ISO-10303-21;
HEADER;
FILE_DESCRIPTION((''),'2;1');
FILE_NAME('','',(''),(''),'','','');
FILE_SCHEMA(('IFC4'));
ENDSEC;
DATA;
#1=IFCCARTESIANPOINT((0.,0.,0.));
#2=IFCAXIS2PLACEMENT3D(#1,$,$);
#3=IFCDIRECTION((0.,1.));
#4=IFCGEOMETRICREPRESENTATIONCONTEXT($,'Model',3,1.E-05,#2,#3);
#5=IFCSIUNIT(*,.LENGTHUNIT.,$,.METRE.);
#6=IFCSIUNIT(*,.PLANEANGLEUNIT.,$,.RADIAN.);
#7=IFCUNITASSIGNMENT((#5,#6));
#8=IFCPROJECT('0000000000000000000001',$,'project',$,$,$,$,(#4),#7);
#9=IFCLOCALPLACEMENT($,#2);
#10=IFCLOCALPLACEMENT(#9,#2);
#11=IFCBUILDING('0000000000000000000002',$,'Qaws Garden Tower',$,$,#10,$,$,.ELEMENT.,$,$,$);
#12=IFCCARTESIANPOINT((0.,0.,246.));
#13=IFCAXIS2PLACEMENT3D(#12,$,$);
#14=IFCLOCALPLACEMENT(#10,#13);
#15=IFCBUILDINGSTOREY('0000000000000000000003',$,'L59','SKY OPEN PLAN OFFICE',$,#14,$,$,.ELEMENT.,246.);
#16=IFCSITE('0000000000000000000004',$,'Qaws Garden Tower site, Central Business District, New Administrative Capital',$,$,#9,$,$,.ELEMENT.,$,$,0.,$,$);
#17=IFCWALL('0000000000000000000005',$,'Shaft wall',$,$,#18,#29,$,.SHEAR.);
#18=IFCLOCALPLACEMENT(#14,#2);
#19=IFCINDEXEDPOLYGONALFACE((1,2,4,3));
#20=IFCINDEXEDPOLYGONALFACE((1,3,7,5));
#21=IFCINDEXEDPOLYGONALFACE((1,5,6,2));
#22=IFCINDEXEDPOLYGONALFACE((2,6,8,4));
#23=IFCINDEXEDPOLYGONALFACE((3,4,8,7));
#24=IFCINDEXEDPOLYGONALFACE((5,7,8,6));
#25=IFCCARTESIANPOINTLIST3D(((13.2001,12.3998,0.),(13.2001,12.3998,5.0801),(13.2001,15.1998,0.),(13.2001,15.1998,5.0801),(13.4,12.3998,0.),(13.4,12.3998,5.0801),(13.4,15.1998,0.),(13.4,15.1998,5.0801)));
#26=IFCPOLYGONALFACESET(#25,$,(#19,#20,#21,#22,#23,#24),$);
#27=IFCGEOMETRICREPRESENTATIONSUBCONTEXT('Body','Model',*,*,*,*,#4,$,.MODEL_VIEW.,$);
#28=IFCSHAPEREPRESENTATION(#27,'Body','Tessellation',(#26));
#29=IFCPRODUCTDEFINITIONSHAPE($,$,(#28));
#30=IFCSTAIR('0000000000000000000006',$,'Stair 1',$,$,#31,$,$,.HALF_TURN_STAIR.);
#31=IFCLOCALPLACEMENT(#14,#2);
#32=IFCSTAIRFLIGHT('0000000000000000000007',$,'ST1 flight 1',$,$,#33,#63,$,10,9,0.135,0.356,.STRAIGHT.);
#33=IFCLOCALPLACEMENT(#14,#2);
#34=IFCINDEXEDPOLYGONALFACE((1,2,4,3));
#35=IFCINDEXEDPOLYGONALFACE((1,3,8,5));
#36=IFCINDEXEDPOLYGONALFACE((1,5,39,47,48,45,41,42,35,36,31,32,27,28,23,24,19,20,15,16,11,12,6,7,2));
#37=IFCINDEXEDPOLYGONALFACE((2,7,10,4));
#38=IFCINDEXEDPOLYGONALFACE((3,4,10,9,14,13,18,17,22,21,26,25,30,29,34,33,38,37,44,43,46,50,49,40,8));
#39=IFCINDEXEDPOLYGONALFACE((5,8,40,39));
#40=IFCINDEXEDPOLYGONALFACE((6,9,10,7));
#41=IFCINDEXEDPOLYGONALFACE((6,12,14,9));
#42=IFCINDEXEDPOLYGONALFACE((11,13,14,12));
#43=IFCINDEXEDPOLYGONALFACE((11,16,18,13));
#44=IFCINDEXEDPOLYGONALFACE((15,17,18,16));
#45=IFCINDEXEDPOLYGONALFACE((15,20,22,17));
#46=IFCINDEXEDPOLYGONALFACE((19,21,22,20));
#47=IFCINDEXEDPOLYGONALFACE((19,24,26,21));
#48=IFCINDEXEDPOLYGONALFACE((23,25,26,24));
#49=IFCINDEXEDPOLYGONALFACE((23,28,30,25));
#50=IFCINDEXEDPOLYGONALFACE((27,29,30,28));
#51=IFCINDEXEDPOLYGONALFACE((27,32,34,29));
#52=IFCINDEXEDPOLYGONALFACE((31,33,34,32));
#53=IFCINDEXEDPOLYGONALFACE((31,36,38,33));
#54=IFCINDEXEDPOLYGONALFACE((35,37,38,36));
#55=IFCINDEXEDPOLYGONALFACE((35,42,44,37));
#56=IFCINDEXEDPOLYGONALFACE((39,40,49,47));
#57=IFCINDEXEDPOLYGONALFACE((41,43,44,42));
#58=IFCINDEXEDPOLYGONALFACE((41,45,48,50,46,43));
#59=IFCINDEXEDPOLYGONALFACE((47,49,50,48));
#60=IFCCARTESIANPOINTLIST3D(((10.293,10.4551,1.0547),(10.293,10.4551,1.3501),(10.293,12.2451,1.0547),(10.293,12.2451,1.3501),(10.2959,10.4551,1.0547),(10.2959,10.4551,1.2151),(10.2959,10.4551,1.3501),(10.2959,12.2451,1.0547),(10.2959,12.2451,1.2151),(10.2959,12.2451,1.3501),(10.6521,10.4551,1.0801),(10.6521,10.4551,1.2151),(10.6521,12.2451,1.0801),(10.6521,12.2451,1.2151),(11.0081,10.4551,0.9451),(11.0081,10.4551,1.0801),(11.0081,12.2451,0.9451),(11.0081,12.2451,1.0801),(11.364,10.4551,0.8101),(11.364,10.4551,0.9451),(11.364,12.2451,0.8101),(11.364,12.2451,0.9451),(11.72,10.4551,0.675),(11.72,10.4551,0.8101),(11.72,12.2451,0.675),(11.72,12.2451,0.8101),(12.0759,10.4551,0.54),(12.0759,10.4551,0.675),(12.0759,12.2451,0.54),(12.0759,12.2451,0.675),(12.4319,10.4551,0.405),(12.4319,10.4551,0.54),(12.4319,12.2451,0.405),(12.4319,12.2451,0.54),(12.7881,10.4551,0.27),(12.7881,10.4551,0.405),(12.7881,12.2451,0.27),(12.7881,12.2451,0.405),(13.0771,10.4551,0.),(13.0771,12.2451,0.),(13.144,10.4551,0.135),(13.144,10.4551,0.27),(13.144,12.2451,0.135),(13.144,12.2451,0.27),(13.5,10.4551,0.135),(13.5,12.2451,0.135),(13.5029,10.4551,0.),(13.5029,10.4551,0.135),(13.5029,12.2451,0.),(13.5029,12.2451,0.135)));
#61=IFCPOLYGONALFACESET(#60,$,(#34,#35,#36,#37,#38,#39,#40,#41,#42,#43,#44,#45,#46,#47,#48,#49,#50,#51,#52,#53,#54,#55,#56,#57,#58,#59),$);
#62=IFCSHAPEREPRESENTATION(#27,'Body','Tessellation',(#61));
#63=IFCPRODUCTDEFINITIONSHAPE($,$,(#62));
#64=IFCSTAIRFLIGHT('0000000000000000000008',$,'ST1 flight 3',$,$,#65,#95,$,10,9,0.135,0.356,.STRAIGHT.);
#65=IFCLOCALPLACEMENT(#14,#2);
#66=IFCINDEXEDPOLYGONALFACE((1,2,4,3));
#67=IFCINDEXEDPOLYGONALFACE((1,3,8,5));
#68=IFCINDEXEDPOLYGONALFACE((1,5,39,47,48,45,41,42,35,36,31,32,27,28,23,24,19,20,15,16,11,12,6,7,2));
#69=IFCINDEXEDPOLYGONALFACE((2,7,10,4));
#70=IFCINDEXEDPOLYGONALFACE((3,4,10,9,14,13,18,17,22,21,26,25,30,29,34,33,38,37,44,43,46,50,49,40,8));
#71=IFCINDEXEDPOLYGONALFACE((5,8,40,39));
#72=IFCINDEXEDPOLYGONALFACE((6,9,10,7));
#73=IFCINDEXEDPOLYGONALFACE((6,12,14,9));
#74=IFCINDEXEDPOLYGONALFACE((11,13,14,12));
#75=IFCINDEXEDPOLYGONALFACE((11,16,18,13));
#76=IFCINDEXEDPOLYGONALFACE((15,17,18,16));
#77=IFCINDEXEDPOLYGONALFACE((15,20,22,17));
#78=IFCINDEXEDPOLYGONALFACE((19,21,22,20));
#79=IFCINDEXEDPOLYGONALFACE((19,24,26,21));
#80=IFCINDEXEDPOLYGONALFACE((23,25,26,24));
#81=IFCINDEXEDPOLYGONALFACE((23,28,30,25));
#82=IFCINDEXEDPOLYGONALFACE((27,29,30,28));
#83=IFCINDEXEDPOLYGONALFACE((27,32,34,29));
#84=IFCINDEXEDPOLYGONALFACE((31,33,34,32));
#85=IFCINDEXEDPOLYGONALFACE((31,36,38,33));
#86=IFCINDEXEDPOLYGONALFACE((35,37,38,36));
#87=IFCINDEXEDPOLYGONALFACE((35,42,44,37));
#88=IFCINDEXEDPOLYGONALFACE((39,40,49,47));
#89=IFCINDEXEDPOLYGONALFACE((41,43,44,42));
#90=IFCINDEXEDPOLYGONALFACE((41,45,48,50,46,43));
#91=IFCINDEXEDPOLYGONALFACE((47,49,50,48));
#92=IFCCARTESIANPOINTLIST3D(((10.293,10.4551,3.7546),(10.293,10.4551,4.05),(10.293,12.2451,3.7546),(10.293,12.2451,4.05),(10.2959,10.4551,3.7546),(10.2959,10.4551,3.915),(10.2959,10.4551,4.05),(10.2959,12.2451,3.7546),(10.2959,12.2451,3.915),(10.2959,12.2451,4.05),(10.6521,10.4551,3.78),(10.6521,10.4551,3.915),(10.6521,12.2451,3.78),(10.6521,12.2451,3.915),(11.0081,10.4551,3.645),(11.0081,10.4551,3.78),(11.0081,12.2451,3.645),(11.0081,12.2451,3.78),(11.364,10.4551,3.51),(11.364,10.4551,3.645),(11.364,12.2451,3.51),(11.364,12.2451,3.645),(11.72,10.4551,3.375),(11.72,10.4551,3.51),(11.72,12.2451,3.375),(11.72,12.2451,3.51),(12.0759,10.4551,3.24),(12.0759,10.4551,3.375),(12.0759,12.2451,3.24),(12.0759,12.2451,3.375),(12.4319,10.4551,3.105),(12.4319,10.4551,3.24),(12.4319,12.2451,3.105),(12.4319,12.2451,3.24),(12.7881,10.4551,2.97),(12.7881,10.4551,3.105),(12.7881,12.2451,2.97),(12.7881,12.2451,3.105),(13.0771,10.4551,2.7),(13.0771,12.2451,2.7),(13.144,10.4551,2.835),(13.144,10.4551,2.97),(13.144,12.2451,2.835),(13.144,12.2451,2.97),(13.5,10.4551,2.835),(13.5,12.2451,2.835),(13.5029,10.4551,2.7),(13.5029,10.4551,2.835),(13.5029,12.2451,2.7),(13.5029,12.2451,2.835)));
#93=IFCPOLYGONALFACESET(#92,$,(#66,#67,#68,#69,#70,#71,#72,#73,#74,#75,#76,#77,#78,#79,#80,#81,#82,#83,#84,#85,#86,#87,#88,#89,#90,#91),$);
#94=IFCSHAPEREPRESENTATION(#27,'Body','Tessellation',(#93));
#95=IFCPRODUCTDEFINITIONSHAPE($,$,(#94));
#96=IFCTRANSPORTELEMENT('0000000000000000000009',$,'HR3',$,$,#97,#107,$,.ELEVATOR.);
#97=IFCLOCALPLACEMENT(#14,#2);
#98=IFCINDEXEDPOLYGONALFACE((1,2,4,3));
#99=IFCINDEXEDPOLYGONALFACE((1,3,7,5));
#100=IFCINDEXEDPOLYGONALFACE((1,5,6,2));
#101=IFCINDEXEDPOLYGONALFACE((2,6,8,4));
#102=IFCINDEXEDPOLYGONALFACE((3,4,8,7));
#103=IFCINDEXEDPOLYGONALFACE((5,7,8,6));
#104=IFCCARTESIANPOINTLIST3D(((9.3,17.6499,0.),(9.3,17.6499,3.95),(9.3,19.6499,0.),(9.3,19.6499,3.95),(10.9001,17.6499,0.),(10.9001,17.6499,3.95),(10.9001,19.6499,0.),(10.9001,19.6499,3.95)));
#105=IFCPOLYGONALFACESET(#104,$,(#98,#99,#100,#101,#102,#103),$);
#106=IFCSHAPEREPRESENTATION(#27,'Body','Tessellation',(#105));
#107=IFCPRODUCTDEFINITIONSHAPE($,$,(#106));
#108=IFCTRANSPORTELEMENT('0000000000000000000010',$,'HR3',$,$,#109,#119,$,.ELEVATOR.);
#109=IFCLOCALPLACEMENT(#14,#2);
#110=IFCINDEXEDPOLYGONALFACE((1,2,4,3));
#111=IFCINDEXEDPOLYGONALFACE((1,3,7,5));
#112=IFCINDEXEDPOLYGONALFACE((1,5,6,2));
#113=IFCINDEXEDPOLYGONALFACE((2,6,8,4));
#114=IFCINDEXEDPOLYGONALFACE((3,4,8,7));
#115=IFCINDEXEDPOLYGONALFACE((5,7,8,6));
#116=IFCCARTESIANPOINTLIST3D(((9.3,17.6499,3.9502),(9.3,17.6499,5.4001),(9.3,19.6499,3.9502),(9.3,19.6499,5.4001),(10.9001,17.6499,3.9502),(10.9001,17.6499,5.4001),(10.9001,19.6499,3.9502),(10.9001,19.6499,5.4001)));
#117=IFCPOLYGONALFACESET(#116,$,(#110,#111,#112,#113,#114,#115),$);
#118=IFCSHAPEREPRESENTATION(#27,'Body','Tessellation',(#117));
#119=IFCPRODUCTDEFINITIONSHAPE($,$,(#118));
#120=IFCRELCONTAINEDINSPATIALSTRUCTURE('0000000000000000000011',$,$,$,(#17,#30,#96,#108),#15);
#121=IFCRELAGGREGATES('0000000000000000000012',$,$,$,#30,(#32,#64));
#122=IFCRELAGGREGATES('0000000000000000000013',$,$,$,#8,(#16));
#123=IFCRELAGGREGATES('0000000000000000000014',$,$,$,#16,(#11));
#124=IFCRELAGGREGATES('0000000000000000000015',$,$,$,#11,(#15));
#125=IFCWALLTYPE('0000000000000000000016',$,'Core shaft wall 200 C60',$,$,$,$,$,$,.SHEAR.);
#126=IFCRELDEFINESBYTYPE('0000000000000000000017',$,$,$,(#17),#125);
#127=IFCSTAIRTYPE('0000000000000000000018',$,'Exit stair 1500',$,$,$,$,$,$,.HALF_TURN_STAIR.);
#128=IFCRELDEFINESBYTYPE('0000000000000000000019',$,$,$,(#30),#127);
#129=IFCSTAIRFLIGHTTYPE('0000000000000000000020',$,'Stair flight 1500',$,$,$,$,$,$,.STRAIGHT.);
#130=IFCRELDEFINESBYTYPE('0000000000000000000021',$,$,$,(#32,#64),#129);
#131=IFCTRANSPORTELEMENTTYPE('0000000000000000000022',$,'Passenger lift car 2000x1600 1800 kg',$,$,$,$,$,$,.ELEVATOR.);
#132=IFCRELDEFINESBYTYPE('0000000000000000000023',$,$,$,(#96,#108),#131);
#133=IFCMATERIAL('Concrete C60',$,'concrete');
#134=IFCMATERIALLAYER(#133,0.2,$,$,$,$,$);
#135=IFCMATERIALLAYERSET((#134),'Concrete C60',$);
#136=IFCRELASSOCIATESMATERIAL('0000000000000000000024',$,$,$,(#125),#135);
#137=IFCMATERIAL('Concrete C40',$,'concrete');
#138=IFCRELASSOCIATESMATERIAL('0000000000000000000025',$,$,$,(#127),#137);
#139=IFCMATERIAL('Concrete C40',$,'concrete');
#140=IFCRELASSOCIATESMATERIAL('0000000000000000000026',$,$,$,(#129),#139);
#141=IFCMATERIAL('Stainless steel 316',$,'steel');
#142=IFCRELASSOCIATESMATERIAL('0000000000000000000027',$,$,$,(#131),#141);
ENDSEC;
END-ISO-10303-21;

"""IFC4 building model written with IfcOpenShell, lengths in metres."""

from ifc_helpers import new_model, si_unit, direction, frame, frame_2d, origin, origin_2d, place, context, subcontext, project, spatial, polyline, rectangle, outline, extrude, material, layer, layer_set, type_object, element, aggregate, save


model = new_model("IFC4")

# Units and contexts
model_context = context("Model", 3, precision=1e-05, world=origin(), true_north=direction((0.0, 1.0)))
body_context = subcontext(model_context, "Body", "Model", "MODEL_VIEW")
ifc_project = project(units=[si_unit("LENGTHUNIT", "METRE"), si_unit("PLANEANGLEUNIT", "RADIAN")], contexts=[model_context])

# Site, building, storey
site_placement = place(None, origin())
site = spatial("IfcSite", under=ifc_project, at=site_placement, Name="Qaws Garden Tower site, Central Business District, New Administrative Capital", CompositionType="ELEMENT", RefElevation=0.0)
building_placement = place(site_placement, origin())
building = spatial("IfcBuilding", under=site, at=building_placement, Name="Qaws Garden Tower", CompositionType="ELEMENT")
storey_placement = place(building_placement, frame((0.0, 0.0, 246.0)))
storey = spatial("IfcBuildingStorey", under=building, at=storey_placement, Name="L59", Description="SKY OPEN PLAN OFFICE", CompositionType="ELEMENT", Elevation=246.0)

# Shared definitions
ifc_material_1 = material(Name="Concrete C60", Category="concrete")
ifc_layer = layer(ifc_material_1, 0.2)
ifc_layer_set = layer_set([ifc_layer], Name="Concrete C60")
wall_type = type_object("IfcWallType", Name="Core shaft wall 200 C60", PredefinedType="SHEAR", material=ifc_layer_set)

# Wall
wall_1_placement = place(storey_placement, frame((13.3, 12.3999, 0.0), z_axis=(0.0, 0.0, 1.0), x_axis=(0.0, 1.0, 0.0)))
element("IfcWall", 1, at=wall_1_placement, inside=storey, type_object=wall_type, Name="Shaft wall", PredefinedType="SHEAR", context=body_context, shape_type="SweptSolid", body=[
    extrude(rectangle(XDim=2.8, YDim=0.2, at=frame_2d((1.3999, 0.0))), origin(), (0.0, 0.0, 1.0), 5.0801),
])

# Stair, stair flights
ifc_material_2 = material(Name="Concrete C40", Category="concrete")
stair_type = type_object("IfcStairType", Name="Exit stair 1500", PredefinedType="HALF_TURN_STAIR", material=ifc_material_2)
stair_placement = place(storey_placement, origin())
stair = element("IfcStair", 2, at=stair_placement, inside=storey, type_object=stair_type, Name="Stair 1", PredefinedType="HALF_TURN_STAIR")
ifc_material_3 = material(Name="Concrete C40", Category="concrete")
stair_flight_type = type_object("IfcStairFlightType", Name="Stair flight 1500", PredefinedType="STRAIGHT", material=ifc_material_3)
stair_flight_1_placement = place(storey_placement, frame((13.5, 11.3501, 0.0), z_axis=(0.0, 0.0, 1.0), x_axis=(-1.0, 0.0, 0.0)))
stair_flight_1 = element("IfcStairFlight", 3, at=stair_flight_1_placement, type_object=stair_flight_type, Name="ST1 flight 1", NumberOfRisers=10, NumberOfTreads=9, PredefinedType="STRAIGHT", RiserHeight=0.135, TreadLength=0.356, context=body_context, shape_type="SweptSolid", body=[
    extrude(outline(polyline([(-0.0029, 0.0), (-0.0029, 0.135), (0.0, 0.135), (0.356, 0.135), (0.356, 0.27), (0.7119, 0.27), (0.7119, 0.405), (1.0681, 0.405), (1.0681, 0.54), (1.4241, 0.54), (1.4241, 0.675), (1.78, 0.675), (1.78, 0.8101), (2.136, 0.8101), (2.136, 0.9451), (2.4919, 0.9451), (2.4919, 1.0801), (2.8479, 1.0801), (2.8479, 1.2151), (3.2041, 1.2151), (3.2041, 1.3501), (3.207, 1.3501), (3.207, 1.0547), (3.2041, 1.0547), (0.4229, 0.0), (-0.0029, 0.0)])), frame((0.0, 0.895, 0.0), z_axis=(0.0, -1.0, 0.0), x_axis=(1.0, 0.0, 0.0)), (0.0, 0.0, 1.0), 1.79),
])
stair_flight_2_placement = place(storey_placement, frame((13.5, 11.3501, 2.7), z_axis=(0.0, 0.0, 1.0), x_axis=(-1.0, 0.0, 0.0)))
stair_flight_2 = element("IfcStairFlight", 4, at=stair_flight_2_placement, type_object=stair_flight_type, Name="ST1 flight 3", NumberOfRisers=10, NumberOfTreads=9, PredefinedType="STRAIGHT", RiserHeight=0.135, TreadLength=0.356, context=body_context, shape_type="SweptSolid", body=[
    extrude(outline(polyline([(-0.0029, 0.0), (-0.0029, 0.135), (0.0, 0.135), (0.356, 0.135), (0.356, 0.27), (0.7119, 0.27), (0.7119, 0.405), (1.0681, 0.405), (1.0681, 0.54), (1.4241, 0.54), (1.4241, 0.675), (1.78, 0.675), (1.78, 0.8101), (2.136, 0.8101), (2.136, 0.9451), (2.4919, 0.9451), (2.4919, 1.0801), (2.8479, 1.0801), (2.8479, 1.2151), (3.2041, 1.2151), (3.2041, 1.3501), (3.207, 1.3501), (3.207, 1.0547), (3.2041, 1.0547), (0.4229, 0.0), (-0.0029, 0.0)])), frame((0.0, 0.895, 0.0), z_axis=(0.0, -1.0, 0.0), x_axis=(1.0, 0.0, 0.0)), (0.0, 0.0, 1.0), 1.79),
])
aggregate(stair, [stair_flight_1, stair_flight_2])

# Transport elements
ifc_material_4 = material(Name="Stainless steel 316", Category="steel")
transport_element_type = type_object("IfcTransportElementType", Name="Passenger lift car 2000x1600 1800 kg", PredefinedType="ELEVATOR", material=ifc_material_4)
transport_element_1_placement = place(storey_placement, frame((10.1001, 18.6499, 0.0), z_axis=(0.0, 0.0, 1.0), x_axis=(1.0, 0.0, 0.0)))
element("IfcTransportElement", 5, at=transport_element_1_placement, inside=storey, type_object=transport_element_type, Name="HR3", PredefinedType="ELEVATOR", context=body_context, shape_type="SweptSolid", body=[
    extrude(rectangle(XDim=1.6001, YDim=2.0, at=origin_2d()), origin(), (0.0, 0.0, 1.0), 3.95),
])
transport_element_2_placement = place(storey_placement, frame((10.1001, 18.6499, 3.9502), z_axis=(0.0, 0.0, 1.0), x_axis=(1.0, 0.0, 0.0)))
element("IfcTransportElement", 6, at=transport_element_2_placement, inside=storey, type_object=transport_element_type, Name="HR3", PredefinedType="ELEVATOR", context=body_context, shape_type="SweptSolid", body=[
    extrude(rectangle(XDim=1.6001, YDim=2.0, at=origin_2d()), origin(), (0.0, 0.0, 1.0), 1.45),
])

save(model, "model.ifc")
